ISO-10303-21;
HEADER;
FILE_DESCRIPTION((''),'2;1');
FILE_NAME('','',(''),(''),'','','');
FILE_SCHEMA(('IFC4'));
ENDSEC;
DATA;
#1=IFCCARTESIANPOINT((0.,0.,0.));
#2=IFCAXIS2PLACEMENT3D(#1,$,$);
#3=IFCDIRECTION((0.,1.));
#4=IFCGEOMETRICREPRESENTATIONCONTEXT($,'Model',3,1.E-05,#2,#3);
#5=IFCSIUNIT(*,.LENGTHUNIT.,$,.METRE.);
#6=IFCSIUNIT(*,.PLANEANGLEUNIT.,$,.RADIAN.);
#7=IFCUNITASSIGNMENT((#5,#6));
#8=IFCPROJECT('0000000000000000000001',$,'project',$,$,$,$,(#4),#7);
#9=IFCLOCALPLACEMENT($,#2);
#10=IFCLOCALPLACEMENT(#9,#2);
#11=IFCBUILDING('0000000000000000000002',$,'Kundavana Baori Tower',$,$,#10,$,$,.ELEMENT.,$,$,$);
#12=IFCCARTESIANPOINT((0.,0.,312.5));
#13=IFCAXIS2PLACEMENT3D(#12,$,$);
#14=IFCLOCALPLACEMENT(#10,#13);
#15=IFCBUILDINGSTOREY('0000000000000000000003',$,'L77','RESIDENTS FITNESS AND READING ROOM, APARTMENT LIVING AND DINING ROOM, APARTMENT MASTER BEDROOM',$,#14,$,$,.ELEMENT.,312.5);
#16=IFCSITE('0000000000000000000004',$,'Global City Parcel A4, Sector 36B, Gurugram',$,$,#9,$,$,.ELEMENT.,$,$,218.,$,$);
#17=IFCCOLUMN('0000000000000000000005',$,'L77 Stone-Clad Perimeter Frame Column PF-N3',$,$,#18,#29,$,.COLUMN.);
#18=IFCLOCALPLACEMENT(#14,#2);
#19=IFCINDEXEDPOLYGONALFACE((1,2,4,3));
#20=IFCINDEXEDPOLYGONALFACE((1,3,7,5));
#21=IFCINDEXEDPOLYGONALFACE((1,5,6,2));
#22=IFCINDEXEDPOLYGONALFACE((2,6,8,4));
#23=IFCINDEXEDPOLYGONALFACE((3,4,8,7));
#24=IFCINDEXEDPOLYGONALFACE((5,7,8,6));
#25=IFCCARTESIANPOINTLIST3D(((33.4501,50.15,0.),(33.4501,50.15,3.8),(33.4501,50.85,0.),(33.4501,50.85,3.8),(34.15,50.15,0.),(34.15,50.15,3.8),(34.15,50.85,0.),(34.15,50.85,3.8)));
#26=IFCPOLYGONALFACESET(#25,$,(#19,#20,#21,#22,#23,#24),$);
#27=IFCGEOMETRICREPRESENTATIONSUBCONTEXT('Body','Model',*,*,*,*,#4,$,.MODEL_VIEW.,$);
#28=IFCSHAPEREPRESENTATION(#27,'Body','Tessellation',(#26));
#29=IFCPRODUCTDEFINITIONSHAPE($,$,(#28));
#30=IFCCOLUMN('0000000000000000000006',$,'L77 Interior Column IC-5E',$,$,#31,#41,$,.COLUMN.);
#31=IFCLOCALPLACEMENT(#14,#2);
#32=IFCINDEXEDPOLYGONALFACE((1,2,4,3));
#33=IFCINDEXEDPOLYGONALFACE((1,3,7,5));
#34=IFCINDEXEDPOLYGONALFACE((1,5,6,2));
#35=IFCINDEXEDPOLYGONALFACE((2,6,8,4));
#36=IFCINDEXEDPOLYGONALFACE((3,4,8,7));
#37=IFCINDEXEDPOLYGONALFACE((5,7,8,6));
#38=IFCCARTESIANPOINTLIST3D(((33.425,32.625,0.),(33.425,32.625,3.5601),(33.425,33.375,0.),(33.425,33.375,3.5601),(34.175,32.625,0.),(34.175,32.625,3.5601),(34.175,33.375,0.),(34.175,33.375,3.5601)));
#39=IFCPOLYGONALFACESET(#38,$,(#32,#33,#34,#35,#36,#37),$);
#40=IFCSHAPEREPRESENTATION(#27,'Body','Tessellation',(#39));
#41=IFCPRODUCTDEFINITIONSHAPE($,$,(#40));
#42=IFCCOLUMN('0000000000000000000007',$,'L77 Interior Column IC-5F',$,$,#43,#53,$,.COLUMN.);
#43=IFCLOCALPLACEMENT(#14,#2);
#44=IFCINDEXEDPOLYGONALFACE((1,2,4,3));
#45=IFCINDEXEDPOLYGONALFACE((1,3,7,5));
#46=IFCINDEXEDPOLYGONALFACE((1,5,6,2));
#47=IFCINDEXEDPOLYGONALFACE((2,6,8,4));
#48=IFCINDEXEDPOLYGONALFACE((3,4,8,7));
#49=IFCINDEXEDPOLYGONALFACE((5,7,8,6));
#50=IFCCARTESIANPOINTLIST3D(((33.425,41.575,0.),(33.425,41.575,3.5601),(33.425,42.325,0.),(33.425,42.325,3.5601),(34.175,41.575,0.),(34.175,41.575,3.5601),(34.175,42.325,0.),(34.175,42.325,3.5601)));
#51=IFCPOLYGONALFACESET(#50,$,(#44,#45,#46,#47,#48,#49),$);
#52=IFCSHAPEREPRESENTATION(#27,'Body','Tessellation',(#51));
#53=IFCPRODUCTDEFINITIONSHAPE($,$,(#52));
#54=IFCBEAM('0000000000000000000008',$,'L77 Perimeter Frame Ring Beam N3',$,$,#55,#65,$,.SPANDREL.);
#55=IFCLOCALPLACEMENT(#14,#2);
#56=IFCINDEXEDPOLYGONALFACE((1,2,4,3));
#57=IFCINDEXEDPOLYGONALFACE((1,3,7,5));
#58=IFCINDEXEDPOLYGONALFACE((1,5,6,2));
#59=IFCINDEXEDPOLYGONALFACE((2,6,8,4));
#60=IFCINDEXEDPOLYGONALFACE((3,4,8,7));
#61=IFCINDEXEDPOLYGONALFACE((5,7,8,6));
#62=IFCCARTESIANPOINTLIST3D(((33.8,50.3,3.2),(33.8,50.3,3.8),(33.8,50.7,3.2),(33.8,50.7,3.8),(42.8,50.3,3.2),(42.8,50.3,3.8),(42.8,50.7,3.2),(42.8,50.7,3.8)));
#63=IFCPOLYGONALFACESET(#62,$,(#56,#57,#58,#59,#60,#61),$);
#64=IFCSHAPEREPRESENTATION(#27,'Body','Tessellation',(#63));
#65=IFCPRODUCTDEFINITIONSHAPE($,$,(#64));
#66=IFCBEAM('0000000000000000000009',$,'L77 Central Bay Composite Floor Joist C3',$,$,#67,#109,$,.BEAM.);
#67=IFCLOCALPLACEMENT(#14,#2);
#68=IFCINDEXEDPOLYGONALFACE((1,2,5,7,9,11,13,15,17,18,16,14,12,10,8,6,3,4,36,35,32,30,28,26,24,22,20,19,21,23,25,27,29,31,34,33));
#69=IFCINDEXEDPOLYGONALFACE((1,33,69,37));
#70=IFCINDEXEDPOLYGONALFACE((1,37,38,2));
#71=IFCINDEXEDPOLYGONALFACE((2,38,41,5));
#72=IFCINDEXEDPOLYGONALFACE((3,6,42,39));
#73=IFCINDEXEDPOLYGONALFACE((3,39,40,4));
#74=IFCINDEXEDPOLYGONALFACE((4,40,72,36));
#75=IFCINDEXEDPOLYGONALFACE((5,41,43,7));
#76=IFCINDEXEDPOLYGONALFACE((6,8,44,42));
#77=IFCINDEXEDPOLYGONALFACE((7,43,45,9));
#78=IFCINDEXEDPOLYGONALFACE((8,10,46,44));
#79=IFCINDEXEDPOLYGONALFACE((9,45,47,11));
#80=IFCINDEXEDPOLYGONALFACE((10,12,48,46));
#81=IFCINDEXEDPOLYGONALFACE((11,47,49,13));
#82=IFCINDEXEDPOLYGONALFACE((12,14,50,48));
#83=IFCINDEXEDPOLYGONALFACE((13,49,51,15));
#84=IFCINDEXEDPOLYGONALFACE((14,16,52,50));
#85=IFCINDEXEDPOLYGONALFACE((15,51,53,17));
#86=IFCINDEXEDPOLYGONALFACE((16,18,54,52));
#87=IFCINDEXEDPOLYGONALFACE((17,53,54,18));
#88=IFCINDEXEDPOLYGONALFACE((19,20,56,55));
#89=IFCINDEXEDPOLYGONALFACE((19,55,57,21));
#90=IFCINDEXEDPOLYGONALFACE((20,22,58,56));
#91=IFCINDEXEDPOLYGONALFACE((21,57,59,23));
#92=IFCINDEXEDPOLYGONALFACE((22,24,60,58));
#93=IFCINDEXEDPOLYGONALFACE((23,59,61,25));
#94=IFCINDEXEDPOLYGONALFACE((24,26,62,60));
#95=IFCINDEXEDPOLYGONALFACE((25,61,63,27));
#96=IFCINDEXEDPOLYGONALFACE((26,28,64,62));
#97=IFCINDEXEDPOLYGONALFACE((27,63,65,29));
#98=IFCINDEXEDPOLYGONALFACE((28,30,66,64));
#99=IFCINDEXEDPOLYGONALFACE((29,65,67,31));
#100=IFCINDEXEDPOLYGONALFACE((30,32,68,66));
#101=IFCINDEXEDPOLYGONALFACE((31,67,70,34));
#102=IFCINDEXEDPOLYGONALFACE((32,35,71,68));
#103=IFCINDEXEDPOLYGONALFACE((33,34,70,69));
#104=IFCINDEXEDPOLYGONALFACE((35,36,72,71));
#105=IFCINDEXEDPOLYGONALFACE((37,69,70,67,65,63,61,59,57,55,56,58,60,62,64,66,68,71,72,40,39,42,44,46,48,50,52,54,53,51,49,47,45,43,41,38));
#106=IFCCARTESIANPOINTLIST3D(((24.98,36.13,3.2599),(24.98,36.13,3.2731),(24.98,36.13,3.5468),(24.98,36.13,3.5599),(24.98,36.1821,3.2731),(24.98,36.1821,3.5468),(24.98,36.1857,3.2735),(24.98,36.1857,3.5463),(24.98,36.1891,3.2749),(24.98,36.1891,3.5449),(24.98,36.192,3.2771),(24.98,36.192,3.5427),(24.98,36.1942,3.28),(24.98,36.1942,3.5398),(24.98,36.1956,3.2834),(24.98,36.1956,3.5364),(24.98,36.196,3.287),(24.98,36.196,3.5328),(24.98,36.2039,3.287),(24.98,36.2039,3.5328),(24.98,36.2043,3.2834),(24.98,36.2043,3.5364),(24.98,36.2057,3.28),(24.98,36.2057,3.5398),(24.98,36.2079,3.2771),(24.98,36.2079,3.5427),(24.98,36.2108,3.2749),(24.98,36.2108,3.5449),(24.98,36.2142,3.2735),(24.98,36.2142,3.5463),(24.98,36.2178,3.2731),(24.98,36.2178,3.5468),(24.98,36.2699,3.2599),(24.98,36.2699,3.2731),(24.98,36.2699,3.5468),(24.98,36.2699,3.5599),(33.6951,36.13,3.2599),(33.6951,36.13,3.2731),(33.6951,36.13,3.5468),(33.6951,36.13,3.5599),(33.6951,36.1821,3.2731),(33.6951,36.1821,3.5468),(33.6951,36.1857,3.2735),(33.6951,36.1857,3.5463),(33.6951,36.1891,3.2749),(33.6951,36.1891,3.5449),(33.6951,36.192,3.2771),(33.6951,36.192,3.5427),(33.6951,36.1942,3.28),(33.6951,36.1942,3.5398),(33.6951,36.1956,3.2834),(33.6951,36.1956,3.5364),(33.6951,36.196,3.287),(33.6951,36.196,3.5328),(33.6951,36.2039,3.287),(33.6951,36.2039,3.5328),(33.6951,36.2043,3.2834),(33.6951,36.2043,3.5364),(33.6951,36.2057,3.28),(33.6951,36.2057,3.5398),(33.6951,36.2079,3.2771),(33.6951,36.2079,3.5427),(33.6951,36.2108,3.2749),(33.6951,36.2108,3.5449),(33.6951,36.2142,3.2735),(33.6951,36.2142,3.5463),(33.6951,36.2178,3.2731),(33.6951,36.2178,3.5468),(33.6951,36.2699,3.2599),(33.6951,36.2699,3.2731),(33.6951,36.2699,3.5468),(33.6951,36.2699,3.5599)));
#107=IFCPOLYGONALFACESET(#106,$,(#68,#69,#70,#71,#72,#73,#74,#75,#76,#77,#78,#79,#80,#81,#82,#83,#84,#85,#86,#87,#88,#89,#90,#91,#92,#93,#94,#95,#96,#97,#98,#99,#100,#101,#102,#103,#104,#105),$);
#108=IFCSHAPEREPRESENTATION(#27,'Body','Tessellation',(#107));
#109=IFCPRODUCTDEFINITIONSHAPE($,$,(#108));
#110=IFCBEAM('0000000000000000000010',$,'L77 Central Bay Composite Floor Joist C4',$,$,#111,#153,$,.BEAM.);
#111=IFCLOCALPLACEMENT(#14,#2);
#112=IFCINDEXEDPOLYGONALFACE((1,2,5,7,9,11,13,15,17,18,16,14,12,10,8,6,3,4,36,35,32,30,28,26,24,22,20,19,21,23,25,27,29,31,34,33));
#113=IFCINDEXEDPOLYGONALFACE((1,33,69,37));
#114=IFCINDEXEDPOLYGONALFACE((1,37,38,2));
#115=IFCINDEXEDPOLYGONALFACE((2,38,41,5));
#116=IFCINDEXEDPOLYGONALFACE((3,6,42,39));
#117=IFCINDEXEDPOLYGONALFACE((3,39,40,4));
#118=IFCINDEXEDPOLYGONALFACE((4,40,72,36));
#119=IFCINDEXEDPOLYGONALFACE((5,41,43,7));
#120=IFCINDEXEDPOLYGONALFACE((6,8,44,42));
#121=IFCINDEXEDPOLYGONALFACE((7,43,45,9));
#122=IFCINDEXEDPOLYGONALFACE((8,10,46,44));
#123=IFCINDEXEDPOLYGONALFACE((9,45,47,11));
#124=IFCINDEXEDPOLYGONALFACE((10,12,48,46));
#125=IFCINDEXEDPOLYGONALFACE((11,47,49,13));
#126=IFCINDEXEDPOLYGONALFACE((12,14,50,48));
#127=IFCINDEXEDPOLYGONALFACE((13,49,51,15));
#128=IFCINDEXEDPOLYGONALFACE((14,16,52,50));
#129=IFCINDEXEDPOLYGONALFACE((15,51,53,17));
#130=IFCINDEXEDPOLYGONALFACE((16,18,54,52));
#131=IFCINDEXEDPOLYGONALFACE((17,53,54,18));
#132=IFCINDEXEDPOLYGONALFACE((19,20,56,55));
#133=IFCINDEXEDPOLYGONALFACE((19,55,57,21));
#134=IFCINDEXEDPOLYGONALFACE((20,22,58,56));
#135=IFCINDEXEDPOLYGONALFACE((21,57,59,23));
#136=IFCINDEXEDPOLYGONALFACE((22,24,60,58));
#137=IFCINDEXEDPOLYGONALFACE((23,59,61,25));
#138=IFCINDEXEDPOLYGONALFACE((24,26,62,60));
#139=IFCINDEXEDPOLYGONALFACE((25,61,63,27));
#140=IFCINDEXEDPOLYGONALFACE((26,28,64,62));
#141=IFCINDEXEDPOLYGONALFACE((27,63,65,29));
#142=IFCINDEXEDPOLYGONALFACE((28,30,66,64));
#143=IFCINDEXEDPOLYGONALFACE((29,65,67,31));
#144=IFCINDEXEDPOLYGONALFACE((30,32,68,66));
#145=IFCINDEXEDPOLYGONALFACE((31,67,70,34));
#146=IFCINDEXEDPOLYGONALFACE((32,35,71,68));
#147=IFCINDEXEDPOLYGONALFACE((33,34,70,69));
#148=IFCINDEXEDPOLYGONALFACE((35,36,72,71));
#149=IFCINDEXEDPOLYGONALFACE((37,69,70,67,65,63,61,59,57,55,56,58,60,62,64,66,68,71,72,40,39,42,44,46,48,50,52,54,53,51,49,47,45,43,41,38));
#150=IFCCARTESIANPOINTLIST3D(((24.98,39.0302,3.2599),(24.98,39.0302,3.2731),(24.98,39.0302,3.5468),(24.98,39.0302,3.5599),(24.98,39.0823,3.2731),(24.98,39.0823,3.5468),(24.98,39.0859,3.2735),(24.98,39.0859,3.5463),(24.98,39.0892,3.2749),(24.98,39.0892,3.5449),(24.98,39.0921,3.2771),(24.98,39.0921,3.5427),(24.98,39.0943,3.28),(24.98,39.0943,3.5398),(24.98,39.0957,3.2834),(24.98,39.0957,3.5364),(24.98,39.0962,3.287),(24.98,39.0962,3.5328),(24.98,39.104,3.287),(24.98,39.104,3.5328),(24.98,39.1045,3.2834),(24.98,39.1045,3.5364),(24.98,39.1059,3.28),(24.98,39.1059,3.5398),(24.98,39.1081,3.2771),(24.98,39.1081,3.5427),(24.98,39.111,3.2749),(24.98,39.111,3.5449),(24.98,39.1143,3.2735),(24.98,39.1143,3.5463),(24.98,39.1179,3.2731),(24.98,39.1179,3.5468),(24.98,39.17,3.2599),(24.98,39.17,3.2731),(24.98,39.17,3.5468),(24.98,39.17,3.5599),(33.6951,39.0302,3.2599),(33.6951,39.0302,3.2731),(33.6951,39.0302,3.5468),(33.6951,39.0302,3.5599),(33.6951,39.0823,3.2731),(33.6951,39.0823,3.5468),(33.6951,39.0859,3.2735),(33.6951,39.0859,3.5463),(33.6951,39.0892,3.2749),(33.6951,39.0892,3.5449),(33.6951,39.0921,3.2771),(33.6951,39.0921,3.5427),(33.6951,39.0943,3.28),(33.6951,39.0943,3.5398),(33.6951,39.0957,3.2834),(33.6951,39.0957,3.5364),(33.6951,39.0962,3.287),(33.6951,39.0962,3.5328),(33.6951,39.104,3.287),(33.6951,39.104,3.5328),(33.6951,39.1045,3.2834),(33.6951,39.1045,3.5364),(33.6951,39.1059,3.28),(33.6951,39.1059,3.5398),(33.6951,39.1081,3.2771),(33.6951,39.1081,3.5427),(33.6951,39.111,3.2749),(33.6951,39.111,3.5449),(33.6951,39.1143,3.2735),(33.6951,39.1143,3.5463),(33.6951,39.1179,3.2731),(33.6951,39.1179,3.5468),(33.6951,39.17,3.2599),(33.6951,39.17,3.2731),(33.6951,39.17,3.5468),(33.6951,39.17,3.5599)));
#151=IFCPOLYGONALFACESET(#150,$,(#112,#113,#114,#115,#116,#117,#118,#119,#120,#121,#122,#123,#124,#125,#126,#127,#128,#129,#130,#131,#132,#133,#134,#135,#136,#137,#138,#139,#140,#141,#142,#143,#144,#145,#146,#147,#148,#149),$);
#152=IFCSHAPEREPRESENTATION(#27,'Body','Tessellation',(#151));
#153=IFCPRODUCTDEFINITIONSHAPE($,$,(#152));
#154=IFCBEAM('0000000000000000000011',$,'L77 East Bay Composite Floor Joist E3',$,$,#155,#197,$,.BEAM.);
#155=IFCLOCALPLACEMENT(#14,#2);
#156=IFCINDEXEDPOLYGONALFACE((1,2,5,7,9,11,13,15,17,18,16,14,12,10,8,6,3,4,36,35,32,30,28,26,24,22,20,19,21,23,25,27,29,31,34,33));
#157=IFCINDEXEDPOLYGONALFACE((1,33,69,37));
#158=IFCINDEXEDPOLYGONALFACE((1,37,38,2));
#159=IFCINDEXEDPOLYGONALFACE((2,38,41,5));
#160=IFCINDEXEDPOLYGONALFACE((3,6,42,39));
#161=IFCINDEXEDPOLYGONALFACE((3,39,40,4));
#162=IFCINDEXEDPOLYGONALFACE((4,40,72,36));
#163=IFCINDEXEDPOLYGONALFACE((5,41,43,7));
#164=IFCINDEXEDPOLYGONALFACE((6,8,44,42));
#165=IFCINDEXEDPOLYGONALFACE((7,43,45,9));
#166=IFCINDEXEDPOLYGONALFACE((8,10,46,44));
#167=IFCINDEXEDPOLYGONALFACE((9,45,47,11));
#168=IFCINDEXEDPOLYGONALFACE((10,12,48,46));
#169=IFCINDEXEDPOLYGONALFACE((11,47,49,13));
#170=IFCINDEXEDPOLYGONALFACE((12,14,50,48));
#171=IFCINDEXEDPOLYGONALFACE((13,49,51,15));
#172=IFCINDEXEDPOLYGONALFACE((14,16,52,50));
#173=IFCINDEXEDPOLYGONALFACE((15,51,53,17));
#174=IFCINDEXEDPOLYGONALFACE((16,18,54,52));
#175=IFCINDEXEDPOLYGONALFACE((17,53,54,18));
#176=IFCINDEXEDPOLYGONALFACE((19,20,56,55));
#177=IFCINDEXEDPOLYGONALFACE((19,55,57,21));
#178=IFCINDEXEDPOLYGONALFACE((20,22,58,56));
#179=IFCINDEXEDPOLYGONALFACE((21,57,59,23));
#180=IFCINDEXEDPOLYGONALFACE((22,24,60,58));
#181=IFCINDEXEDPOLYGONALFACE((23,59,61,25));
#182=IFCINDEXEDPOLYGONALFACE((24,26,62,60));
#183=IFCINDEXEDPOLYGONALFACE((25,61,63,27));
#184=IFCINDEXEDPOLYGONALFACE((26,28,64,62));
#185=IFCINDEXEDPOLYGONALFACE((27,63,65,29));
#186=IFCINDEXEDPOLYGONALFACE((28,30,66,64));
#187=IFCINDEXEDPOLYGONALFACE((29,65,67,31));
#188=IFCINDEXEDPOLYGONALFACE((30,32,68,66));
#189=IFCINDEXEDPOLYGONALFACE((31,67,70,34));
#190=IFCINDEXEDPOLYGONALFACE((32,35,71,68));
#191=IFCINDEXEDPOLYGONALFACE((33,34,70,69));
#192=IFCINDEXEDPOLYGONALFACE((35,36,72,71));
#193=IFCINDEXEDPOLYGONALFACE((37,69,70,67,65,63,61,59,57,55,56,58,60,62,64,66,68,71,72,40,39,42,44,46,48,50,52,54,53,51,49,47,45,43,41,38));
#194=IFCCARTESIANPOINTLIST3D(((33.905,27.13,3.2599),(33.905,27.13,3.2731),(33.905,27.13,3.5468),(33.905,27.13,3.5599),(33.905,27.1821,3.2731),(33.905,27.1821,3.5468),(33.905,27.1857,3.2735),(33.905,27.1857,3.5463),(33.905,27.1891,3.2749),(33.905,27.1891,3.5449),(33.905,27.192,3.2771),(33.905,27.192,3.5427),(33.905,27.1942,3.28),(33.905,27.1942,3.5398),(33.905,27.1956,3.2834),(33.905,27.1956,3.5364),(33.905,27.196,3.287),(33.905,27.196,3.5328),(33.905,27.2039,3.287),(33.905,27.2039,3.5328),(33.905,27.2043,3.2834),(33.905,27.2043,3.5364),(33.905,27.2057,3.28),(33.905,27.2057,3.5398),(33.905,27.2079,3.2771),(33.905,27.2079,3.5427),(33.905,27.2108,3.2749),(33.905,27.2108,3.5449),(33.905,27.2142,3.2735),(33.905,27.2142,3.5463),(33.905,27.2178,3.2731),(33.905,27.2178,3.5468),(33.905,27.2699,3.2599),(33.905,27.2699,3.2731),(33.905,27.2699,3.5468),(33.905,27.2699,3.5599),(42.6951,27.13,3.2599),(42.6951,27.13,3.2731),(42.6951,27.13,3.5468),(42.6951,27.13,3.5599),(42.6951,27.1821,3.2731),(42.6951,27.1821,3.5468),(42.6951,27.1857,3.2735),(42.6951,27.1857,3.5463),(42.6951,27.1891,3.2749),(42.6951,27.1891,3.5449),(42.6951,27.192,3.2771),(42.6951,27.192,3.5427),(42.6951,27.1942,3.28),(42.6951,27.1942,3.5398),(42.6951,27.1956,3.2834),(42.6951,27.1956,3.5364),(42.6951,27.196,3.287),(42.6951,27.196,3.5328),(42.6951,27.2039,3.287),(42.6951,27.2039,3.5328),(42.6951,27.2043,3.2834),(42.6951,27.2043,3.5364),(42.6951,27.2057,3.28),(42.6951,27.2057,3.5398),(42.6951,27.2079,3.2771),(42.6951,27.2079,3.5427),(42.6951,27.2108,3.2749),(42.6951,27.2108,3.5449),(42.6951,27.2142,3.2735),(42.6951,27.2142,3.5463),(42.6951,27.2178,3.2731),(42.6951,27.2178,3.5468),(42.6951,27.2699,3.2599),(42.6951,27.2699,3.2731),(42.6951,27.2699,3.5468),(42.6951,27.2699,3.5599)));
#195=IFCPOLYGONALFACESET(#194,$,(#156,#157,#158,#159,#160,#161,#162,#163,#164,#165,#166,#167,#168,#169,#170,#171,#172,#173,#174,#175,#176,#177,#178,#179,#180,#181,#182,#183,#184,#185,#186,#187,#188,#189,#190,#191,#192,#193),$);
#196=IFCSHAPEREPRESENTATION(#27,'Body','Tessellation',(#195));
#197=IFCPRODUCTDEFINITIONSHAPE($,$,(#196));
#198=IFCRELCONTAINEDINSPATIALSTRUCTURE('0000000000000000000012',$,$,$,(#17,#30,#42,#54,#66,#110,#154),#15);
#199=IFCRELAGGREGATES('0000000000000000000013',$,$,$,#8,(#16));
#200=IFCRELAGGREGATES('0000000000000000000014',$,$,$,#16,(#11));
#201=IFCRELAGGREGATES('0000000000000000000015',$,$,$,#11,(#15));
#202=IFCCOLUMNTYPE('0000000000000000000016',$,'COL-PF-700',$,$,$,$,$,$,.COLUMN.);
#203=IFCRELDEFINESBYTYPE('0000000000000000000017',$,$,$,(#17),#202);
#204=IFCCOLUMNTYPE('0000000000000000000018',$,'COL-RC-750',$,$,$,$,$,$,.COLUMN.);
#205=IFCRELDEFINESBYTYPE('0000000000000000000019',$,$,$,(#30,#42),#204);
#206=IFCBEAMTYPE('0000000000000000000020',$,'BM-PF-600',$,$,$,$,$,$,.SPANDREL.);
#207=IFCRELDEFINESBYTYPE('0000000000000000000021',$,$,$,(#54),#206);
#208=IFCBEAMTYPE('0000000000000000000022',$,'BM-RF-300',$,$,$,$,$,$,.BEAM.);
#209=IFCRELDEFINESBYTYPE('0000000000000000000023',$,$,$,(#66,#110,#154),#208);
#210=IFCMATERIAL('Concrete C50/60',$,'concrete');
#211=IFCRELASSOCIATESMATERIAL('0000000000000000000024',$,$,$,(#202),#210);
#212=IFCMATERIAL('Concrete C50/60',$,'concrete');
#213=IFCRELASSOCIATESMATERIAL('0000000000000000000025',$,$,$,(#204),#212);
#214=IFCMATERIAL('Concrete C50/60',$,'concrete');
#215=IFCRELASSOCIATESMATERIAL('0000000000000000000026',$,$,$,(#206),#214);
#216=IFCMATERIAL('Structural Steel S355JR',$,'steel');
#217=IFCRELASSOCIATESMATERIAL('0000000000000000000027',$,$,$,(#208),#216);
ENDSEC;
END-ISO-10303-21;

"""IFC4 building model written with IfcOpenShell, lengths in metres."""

from ifc_helpers import new_model, si_unit, direction, frame, origin, origin_2d, place, context, subcontext, project, spatial, rectangle, i_section, extrude, material, material_profile, profile_set, type_object, element, save


model = new_model("IFC4")

# Units and contexts
model_context = context("Model", 3, precision=1e-05, world=origin(), true_north=direction((0.0, 1.0)))
body_context = subcontext(model_context, "Body", "Model", "MODEL_VIEW")
ifc_project = project(units=[si_unit("LENGTHUNIT", "METRE"), si_unit("PLANEANGLEUNIT", "RADIAN")], contexts=[model_context])

# Site, building, storey
site_placement = place(None, origin())
site = spatial("IfcSite", under=ifc_project, at=site_placement, Name="Global City Parcel A4, Sector 36B, Gurugram", CompositionType="ELEMENT", RefElevation=218.0)
building_placement = place(site_placement, origin())
building = spatial("IfcBuilding", under=site, at=building_placement, Name="Kundavana Baori Tower", CompositionType="ELEMENT")
storey_placement = place(building_placement, frame((0.0, 0.0, 312.5)))
storey = spatial("IfcBuildingStorey", under=building, at=storey_placement, Name="L77", Description="RESIDENTS FITNESS AND READING ROOM, APARTMENT LIVING AND DINING ROOM, APARTMENT MASTER BEDROOM", CompositionType="ELEMENT", Elevation=312.5)

# Columns
ifc_material_1 = material(Name="Concrete C50/60", Category="concrete")
ifc_material_profile_1 = material_profile(ifc_material_1, rectangle(XDim=0.7, YDim=0.7, at=origin_2d()), Name="RC PF 700x700")
ifc_profile_set_1 = profile_set([ifc_material_profile_1], Name="Concrete C50/60")
column_type_1 = type_object("IfcColumnType", Name="COL-PF-700", PredefinedType="COLUMN", material=ifc_profile_set_1)
column_placement = place(storey_placement, frame((33.8, 50.5, 0.0), z_axis=(0.0, 0.0, 1.0), x_axis=(1.0, 0.0, 0.0)))
element("IfcColumn", 1, at=column_placement, inside=storey, type_object=column_type_1, Name="L77 Stone-Clad Perimeter Frame Column PF-N3", PredefinedType="COLUMN", context=body_context, shape_type="SweptSolid", body=[
    extrude(rectangle(XDim=0.7, YDim=0.7, at=origin_2d()), origin(), (0.0, 0.0, 1.0), 3.8),
])
ifc_material_2 = material(Name="Concrete C50/60", Category="concrete")
ifc_material_profile_2 = material_profile(ifc_material_2, rectangle(XDim=0.75, YDim=0.75, at=origin_2d()), Name="RC 750x750")
ifc_profile_set_2 = profile_set([ifc_material_profile_2], Name="Concrete C50/60")
column_type_2 = type_object("IfcColumnType", Name="COL-RC-750", PredefinedType="COLUMN", material=ifc_profile_set_2)
for number, where, z_axis, x_axis, name in (
    (2, (33.8, 33.0, 0.0), (0.0, 0.0, 1.0), (1.0, 0.0, 0.0), "L77 Interior Column IC-5E"),
    (3, (33.8, 41.95, 0.0), (0.0, 0.0, 1.0), (1.0, 0.0, 0.0), "L77 Interior Column IC-5F"),
):
    element("IfcColumn", number, at=place(storey_placement, frame(where, z_axis=z_axis, x_axis=x_axis)), inside=storey, type_object=column_type_2, Name=name, PredefinedType="COLUMN", context=body_context, shape_type="SweptSolid", body=[
        extrude(rectangle(XDim=0.75, YDim=0.75, at=origin_2d()), origin(), (0.0, 0.0, 1.0), 3.5601),
    ])

# Beams
ifc_material_3 = material(Name="Concrete C50/60", Category="concrete")
ifc_material_profile_3 = material_profile(ifc_material_3, rectangle(XDim=0.3999, YDim=0.6001, at=origin_2d()), Name="RC BM 400x600")
ifc_profile_set_3 = profile_set([ifc_material_profile_3], Name="Concrete C50/60")
beam_type_1 = type_object("IfcBeamType", Name="BM-PF-600", PredefinedType="SPANDREL", material=ifc_profile_set_3)
beam_1_placement = place(storey_placement, frame((33.8, 50.5, 3.5), z_axis=(1.0, 0.0, 0.0), x_axis=(0.0, 1.0, 0.0)))
element("IfcBeam", 4, at=beam_1_placement, inside=storey, type_object=beam_type_1, Name="L77 Perimeter Frame Ring Beam N3", PredefinedType="SPANDREL", context=body_context, shape_type="SweptSolid", body=[
    extrude(rectangle(XDim=0.3999, YDim=0.6001, at=origin_2d()), origin(), (0.0, 0.0, 1.0), 9.0),
])
ifc_material_4 = material(Name="Structural Steel S355JR", Category="steel")
ifc_material_profile_4 = material_profile(ifc_material_4, i_section(OverallWidth=0.1399, OverallDepth=0.3, WebThickness=0.0078, FlangeThickness=0.0132, FilletRadius=0.0139, at=origin_2d()), Name="ISMB 300")
ifc_profile_set_4 = profile_set([ifc_material_profile_4], Name="Structural Steel S355JR")
beam_type_2 = type_object("IfcBeamType", Name="BM-RF-300", PredefinedType="BEAM", material=ifc_profile_set_4)
for number, where, z_axis, x_axis, name in (
    (5, (24.98, 36.2, 3.4099), (1.0, 0.0, 0.0), (0.0, 1.0, 0.0), "L77 Central Bay Composite Floor Joist C3"),
    (6, (24.98, 39.1001, 3.4099), (1.0, 0.0, 0.0), (0.0, 1.0, 0.0), "L77 Central Bay Composite Floor Joist C4"),
):
    element("IfcBeam", number, at=place(storey_placement, frame(where, z_axis=z_axis, x_axis=x_axis)), inside=storey, type_object=beam_type_2, Name=name, PredefinedType="BEAM", context=body_context, shape_type="SweptSolid", body=[
        extrude(i_section(OverallWidth=0.1399, OverallDepth=0.3, WebThickness=0.0078, FlangeThickness=0.0132, FilletRadius=0.0139, at=origin_2d()), origin(), (0.0, 0.0, 1.0), 8.7151),
    ])
beam_2_placement = place(storey_placement, frame((33.905, 27.2, 3.4099), z_axis=(1.0, 0.0, 0.0), x_axis=(0.0, 1.0, 0.0)))
element("IfcBeam", 7, at=beam_2_placement, inside=storey, type_object=beam_type_2, Name="L77 East Bay Composite Floor Joist E3", PredefinedType="BEAM", context=body_context, shape_type="SweptSolid", body=[
    extrude(i_section(OverallWidth=0.1399, OverallDepth=0.3, WebThickness=0.0078, FlangeThickness=0.0132, FilletRadius=0.0139, at=origin_2d()), origin(), (0.0, 0.0, 1.0), 8.79),
])

save(model, "model.ifc")
